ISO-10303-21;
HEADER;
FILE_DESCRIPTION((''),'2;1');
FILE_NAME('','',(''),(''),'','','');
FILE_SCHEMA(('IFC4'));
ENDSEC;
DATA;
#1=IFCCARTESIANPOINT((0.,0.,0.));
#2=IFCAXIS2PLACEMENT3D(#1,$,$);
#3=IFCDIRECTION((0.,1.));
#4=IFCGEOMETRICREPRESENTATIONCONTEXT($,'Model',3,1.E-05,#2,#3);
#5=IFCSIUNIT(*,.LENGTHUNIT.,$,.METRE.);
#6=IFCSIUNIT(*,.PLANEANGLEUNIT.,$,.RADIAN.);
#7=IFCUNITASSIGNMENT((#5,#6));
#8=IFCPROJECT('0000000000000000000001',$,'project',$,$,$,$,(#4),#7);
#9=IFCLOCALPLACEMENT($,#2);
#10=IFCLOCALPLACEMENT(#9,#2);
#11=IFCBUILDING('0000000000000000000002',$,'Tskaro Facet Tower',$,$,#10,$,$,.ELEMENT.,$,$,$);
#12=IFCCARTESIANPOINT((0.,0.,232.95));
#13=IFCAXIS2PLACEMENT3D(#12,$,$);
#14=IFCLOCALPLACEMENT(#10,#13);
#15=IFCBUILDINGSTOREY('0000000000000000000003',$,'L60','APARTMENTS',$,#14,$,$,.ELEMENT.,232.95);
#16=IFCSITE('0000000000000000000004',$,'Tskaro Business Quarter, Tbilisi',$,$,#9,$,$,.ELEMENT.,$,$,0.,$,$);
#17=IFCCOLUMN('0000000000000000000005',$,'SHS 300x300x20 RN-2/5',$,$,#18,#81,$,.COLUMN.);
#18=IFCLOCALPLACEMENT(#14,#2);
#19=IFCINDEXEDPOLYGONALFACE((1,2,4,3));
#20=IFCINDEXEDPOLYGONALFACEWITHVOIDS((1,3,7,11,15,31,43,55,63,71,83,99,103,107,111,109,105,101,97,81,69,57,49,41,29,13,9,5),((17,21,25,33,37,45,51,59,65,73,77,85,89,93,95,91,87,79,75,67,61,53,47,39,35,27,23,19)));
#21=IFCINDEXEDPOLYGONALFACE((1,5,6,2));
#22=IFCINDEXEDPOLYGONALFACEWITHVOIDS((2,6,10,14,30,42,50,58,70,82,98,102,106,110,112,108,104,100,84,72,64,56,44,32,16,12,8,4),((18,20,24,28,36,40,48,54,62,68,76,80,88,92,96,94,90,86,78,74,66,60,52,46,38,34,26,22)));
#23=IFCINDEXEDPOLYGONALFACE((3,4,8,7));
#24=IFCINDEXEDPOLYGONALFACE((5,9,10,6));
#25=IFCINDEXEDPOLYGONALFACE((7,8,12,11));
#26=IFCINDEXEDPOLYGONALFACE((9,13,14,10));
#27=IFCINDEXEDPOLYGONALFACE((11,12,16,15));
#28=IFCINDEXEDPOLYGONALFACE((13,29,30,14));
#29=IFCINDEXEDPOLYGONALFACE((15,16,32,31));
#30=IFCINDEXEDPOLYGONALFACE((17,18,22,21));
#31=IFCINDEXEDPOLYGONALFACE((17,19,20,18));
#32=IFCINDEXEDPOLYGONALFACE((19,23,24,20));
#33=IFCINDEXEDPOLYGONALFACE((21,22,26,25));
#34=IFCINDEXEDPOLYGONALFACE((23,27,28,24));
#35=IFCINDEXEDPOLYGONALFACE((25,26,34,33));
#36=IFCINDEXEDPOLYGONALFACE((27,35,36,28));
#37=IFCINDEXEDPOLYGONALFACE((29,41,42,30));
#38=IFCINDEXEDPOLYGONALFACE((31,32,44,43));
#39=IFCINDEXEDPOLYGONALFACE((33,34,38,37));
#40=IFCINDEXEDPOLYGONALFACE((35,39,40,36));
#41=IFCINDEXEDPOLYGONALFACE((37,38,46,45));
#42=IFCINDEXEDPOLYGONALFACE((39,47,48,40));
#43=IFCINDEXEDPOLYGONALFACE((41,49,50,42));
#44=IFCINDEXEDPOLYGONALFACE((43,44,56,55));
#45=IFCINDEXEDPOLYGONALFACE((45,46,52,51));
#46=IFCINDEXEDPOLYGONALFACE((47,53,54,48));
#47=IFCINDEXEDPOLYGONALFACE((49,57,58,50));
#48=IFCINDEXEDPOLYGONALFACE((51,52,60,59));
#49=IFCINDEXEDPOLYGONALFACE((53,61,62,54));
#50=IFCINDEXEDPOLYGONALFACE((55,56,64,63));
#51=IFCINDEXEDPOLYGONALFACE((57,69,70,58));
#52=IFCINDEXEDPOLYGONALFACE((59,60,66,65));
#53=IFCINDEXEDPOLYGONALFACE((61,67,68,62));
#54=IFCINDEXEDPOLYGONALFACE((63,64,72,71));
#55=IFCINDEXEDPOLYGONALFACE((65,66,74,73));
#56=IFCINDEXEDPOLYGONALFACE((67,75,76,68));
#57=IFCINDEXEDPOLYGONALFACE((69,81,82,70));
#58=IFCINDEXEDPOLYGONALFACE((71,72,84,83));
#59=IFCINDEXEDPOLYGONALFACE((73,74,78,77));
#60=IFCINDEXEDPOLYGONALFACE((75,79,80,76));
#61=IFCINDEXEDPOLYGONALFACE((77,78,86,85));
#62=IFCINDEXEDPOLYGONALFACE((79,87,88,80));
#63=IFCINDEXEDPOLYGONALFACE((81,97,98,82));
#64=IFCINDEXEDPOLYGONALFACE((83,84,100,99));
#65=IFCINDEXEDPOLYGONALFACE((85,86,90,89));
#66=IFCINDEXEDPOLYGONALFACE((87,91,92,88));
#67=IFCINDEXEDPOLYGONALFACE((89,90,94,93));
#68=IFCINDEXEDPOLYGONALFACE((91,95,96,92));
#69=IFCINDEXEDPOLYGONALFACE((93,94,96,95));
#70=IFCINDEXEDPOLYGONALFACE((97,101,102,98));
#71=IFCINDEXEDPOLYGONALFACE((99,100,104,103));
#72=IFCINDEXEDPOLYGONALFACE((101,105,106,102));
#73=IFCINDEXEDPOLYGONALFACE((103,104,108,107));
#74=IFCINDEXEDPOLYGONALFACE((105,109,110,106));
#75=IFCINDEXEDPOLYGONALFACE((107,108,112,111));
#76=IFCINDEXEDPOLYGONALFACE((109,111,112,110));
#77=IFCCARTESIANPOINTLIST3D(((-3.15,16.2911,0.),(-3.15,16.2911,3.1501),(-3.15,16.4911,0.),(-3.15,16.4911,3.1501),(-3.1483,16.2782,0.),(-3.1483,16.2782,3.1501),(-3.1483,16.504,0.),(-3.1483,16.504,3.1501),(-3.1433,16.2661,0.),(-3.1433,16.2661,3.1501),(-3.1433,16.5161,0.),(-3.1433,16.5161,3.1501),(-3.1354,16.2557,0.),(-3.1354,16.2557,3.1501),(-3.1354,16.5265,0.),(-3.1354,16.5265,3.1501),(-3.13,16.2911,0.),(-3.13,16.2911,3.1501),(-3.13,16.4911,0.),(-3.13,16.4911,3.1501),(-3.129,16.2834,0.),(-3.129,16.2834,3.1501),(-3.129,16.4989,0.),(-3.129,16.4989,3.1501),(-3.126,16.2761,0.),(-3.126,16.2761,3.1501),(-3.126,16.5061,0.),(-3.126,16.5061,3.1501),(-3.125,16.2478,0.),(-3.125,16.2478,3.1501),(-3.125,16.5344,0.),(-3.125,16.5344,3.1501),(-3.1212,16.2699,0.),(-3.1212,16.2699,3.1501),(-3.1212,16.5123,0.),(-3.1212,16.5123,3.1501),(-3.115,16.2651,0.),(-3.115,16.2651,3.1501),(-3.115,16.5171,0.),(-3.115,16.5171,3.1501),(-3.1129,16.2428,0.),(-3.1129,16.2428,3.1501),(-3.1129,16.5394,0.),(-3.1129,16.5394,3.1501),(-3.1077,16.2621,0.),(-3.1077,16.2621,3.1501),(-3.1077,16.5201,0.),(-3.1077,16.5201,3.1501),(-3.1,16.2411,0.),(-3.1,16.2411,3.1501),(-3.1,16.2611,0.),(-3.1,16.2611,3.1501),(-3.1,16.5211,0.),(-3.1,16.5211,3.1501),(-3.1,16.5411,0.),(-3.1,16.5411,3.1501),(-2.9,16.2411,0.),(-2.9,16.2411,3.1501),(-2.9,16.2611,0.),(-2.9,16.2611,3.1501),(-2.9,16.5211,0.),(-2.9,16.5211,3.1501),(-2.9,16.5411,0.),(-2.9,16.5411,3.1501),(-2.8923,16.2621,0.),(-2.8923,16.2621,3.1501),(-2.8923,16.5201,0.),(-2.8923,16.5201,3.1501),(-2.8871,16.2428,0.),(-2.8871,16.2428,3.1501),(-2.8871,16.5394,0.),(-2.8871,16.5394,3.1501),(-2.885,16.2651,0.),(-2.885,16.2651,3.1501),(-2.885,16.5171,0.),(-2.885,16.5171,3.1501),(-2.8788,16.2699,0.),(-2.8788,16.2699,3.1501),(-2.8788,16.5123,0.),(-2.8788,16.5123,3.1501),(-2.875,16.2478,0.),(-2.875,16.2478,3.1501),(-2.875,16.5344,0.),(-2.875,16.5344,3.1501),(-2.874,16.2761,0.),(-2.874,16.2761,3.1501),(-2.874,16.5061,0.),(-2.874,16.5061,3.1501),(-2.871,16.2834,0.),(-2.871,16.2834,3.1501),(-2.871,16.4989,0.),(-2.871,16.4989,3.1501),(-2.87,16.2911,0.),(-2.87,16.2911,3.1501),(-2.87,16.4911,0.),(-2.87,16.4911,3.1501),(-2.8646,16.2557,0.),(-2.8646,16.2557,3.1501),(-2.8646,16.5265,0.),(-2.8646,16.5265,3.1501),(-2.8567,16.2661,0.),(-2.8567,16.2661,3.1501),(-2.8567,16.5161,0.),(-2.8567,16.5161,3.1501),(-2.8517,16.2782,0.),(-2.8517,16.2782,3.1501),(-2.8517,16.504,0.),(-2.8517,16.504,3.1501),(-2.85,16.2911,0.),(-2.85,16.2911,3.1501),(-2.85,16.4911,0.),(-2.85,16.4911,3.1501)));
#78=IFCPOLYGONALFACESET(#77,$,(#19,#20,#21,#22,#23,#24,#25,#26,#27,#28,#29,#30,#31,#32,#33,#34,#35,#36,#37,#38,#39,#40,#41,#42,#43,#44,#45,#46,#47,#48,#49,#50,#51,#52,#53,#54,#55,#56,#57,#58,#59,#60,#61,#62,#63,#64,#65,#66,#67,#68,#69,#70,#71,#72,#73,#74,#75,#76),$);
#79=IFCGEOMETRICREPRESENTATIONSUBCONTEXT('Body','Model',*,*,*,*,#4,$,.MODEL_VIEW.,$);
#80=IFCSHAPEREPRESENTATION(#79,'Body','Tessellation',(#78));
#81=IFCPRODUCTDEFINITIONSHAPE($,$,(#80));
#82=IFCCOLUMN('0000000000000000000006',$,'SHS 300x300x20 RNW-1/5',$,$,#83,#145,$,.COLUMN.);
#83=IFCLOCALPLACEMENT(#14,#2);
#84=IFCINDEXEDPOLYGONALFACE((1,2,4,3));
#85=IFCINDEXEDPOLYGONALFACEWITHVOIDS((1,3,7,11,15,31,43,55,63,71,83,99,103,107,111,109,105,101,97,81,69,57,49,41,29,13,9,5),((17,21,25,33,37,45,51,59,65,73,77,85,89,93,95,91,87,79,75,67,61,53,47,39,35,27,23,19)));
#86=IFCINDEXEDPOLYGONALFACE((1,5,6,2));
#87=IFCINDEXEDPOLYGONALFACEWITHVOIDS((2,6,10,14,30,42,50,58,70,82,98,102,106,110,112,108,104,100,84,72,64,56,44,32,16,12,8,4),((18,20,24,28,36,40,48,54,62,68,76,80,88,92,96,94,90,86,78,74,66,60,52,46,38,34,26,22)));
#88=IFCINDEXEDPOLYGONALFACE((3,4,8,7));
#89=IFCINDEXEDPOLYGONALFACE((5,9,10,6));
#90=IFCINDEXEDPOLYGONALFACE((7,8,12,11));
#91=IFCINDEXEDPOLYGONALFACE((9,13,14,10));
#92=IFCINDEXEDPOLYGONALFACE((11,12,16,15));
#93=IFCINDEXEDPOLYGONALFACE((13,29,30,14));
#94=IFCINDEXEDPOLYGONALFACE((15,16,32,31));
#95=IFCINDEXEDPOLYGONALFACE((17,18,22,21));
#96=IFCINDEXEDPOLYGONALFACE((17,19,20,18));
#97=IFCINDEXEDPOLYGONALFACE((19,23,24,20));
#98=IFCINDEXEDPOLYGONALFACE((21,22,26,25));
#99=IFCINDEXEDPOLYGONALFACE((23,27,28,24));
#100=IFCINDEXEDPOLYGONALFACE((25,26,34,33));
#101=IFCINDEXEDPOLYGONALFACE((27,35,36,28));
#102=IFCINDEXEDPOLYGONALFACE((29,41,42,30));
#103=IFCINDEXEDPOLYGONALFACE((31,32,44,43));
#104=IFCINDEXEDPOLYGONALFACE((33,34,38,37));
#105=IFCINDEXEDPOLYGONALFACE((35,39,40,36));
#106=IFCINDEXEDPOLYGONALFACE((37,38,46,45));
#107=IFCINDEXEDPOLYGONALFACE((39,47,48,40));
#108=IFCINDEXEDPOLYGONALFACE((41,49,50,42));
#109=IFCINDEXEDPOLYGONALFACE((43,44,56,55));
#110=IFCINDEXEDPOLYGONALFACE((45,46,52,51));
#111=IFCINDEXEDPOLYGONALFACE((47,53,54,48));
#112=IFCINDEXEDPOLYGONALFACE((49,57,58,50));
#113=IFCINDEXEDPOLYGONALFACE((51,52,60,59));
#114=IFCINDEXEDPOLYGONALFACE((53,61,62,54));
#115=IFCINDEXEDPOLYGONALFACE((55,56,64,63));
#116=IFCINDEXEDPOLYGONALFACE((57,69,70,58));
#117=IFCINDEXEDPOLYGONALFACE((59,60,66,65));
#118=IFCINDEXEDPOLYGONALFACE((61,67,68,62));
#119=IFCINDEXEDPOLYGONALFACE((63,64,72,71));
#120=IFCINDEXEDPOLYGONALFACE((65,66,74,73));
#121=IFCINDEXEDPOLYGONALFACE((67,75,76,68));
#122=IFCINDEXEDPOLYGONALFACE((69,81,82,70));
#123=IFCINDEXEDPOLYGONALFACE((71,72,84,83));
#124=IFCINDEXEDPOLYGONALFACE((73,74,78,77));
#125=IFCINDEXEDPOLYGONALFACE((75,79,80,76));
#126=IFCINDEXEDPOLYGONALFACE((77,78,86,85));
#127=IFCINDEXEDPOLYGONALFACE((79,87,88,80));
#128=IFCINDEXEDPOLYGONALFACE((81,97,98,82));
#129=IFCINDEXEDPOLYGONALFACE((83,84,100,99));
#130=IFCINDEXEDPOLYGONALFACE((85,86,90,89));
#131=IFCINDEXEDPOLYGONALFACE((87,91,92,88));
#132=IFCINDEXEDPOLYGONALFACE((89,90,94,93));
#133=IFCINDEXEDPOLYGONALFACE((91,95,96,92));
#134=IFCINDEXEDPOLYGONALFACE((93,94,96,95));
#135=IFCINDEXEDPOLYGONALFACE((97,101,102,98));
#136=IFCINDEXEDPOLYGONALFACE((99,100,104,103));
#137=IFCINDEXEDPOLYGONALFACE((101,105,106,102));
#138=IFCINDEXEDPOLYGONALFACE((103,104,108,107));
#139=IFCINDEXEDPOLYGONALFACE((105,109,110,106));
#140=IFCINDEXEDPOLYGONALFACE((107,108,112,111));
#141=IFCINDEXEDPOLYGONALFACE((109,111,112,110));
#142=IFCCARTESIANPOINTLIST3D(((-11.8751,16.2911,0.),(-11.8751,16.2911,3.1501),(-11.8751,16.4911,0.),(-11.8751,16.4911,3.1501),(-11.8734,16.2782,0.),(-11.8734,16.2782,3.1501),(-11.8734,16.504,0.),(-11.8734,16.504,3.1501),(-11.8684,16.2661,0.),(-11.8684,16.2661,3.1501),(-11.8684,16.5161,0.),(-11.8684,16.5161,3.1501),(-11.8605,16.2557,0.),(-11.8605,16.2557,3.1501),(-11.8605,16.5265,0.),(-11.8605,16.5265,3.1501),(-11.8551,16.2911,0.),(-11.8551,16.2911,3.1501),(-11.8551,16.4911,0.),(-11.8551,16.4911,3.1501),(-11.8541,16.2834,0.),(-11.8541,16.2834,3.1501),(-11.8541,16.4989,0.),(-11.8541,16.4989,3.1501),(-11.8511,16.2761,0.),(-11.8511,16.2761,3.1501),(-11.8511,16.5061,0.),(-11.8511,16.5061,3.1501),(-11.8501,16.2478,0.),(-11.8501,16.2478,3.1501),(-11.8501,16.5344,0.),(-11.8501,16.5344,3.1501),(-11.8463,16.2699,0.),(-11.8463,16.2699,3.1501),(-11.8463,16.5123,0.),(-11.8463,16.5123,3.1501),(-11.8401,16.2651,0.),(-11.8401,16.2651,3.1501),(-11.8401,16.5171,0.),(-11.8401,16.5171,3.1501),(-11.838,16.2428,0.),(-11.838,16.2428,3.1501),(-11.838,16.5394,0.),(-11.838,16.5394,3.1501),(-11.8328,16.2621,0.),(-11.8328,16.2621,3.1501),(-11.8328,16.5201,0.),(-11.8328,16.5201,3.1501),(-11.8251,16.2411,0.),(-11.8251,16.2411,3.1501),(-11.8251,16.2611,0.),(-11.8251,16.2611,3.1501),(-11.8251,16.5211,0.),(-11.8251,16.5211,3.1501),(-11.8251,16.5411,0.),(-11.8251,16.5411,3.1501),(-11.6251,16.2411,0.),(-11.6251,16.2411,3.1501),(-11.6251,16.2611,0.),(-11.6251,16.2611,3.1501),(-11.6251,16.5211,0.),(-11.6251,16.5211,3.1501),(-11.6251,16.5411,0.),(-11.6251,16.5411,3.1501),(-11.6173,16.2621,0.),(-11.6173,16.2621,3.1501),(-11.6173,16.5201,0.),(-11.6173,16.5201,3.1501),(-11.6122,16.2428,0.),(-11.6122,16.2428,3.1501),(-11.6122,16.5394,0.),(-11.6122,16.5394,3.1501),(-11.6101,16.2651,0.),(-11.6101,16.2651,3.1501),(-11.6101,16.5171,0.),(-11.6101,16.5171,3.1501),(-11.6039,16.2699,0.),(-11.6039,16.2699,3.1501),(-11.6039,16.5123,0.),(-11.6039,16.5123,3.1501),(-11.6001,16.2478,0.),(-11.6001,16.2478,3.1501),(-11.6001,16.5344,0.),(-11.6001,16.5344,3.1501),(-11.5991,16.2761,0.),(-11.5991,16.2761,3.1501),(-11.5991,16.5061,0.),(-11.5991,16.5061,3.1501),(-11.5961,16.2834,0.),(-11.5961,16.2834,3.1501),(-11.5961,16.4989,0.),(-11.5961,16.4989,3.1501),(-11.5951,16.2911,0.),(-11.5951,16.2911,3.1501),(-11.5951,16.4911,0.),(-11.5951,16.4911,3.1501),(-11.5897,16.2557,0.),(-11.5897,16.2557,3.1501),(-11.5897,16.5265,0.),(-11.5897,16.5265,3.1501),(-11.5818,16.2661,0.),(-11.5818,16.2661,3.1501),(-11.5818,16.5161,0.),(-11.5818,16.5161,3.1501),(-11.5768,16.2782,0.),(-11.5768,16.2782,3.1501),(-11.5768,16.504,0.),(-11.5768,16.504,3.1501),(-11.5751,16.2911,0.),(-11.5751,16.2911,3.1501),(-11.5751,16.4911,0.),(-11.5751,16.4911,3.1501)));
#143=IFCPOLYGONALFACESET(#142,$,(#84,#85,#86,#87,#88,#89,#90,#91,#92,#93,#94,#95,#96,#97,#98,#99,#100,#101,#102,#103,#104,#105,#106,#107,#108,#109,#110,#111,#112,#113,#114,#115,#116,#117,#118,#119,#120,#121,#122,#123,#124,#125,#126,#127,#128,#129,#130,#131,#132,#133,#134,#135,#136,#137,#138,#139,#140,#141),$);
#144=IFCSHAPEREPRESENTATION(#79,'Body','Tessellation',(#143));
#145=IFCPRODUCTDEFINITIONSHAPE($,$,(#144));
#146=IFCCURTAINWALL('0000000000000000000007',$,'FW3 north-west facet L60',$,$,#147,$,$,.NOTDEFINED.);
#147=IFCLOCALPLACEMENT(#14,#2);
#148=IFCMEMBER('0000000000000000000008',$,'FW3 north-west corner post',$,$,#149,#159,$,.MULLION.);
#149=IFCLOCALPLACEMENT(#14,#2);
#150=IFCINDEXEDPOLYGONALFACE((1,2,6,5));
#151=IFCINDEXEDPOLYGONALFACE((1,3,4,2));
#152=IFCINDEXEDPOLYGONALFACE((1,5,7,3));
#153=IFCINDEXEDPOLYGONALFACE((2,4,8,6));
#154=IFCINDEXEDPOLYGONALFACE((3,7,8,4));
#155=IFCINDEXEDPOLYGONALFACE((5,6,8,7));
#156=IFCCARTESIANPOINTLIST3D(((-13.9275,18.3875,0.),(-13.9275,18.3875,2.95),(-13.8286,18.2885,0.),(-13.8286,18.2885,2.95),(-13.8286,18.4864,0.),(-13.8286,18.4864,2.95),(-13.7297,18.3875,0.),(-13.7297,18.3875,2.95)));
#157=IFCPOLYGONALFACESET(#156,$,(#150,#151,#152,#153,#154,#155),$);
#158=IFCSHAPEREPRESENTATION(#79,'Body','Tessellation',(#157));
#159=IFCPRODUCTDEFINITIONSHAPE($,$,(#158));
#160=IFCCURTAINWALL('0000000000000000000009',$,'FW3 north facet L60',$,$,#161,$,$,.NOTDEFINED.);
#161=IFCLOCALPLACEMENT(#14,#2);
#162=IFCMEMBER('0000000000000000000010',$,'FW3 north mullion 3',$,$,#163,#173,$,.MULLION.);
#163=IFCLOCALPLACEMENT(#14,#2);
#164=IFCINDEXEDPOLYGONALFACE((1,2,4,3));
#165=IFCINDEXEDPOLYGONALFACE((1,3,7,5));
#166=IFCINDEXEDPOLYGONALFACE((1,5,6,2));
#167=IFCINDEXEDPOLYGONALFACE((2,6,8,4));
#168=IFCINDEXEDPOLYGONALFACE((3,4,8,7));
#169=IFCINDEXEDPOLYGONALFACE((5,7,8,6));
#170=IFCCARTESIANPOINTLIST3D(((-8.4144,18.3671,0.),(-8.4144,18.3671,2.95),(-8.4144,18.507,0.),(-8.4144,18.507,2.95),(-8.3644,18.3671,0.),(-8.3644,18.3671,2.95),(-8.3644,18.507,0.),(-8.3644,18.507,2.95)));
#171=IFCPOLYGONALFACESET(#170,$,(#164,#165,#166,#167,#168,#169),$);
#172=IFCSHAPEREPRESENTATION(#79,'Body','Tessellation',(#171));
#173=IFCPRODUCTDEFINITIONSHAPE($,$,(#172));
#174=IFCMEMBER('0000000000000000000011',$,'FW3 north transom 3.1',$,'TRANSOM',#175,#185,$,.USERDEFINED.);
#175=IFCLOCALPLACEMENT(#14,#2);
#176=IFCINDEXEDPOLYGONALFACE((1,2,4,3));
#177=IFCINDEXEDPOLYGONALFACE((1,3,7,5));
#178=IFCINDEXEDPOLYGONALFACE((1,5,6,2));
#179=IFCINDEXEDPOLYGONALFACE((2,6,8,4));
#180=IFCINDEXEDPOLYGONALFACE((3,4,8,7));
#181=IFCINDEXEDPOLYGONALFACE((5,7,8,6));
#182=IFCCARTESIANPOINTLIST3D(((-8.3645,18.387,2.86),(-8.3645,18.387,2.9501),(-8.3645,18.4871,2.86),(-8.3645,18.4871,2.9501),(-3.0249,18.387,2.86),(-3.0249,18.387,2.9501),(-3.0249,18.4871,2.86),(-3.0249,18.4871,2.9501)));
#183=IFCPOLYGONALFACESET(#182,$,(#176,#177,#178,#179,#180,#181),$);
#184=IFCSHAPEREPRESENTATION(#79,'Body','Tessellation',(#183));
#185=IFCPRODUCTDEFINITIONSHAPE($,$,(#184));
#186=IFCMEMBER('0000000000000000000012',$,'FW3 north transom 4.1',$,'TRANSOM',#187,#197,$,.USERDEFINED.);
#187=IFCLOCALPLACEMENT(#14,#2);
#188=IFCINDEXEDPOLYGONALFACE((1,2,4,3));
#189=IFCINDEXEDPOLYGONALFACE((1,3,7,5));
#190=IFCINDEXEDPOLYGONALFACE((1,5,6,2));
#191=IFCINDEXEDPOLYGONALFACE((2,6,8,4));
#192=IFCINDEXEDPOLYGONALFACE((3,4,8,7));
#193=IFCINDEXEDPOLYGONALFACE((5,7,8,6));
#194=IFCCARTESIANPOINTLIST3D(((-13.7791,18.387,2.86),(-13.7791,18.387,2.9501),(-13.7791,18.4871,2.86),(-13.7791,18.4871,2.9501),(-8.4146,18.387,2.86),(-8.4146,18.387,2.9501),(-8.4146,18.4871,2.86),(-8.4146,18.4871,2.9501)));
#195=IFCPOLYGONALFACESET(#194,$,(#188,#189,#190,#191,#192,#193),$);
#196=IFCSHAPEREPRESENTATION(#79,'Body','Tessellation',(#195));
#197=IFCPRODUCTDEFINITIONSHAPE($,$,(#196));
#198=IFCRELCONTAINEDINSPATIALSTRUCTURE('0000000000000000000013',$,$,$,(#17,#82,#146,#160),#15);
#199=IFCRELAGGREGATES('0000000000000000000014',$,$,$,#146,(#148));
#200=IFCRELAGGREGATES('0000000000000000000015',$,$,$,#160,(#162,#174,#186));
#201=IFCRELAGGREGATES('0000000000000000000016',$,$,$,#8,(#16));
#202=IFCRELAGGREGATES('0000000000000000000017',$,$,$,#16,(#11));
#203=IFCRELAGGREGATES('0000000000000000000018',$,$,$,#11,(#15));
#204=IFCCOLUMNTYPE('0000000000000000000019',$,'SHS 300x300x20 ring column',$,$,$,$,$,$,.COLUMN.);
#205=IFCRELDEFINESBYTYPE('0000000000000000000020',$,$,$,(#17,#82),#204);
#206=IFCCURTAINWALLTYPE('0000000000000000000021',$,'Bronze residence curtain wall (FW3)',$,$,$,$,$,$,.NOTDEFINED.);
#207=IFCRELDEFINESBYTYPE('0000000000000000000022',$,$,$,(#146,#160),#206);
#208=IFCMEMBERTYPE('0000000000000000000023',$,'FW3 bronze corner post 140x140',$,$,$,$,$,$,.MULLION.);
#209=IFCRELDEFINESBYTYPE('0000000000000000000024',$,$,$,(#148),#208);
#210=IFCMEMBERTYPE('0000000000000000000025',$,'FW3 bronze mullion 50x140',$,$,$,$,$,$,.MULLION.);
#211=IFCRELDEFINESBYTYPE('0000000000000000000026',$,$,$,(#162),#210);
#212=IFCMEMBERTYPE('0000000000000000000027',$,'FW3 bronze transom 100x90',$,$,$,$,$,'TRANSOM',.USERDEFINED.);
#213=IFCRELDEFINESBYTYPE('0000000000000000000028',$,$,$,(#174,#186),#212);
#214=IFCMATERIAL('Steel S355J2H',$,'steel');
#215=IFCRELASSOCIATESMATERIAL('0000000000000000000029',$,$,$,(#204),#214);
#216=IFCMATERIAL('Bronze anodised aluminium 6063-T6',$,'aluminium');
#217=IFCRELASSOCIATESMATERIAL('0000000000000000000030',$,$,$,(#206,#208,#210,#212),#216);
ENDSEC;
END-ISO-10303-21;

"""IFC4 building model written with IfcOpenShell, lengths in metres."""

from ifc_helpers import new_model, si_unit, direction, frame, origin, origin_2d, place, context, subcontext, project, spatial, rectangle, hollow_rectangle, extrude, material, material_profile, profile_set, type_object, element, aggregate, save


model = new_model("IFC4")

# Units and contexts
model_context = context("Model", 3, precision=1e-05, world=origin(), true_north=direction((0.0, 1.0)))
body_context = subcontext(model_context, "Body", "Model", "MODEL_VIEW")
ifc_project = project(units=[si_unit("LENGTHUNIT", "METRE"), si_unit("PLANEANGLEUNIT", "RADIAN")], contexts=[model_context])

# Site, building, storey
site_placement = place(None, origin())
site = spatial("IfcSite", under=ifc_project, at=site_placement, Name="Tskaro Business Quarter, Tbilisi", CompositionType="ELEMENT", RefElevation=0.0)
building_placement = place(site_placement, origin())
building = spatial("IfcBuilding", under=site, at=building_placement, Name="Tskaro Facet Tower", CompositionType="ELEMENT")
storey_placement = place(building_placement, frame((0.0, 0.0, 232.95)))
storey = spatial("IfcBuildingStorey", under=building, at=storey_placement, Name="L60", Description="APARTMENTS", CompositionType="ELEMENT", Elevation=232.95)

# Columns
ifc_material_1 = material(Name="Steel S355J2H", Category="steel")
ifc_material_profile_1 = material_profile(ifc_material_1, hollow_rectangle(XDim=0.3, YDim=0.3, WallThickness=0.02, InnerFilletRadius=0.03, OuterFilletRadius=0.05, at=origin_2d()), Name="SHS 300x300x20")
ifc_profile_set_1 = profile_set([ifc_material_profile_1], Name="Steel S355J2H")
column_type = type_object("IfcColumnType", Name="SHS 300x300x20 ring column", PredefinedType="COLUMN", material=ifc_profile_set_1)
for number, where, z_axis, x_axis, name in (
    (1, (-3.0, 16.3911, 0.0), (0.0, 0.0, 1.0), (1.0, 0.0, 0.0), "SHS 300x300x20 RN-2/5"),
    (2, (-11.7251, 16.3911, 0.0), (0.0, 0.0, 1.0), (1.0, 0.0, 0.0), "SHS 300x300x20 RNW-1/5"),
):
    element("IfcColumn", number, at=place(storey_placement, frame(where, z_axis=z_axis, x_axis=x_axis)), inside=storey, type_object=column_type, Name=name, PredefinedType="COLUMN", context=body_context, shape_type="SweptSolid", body=[
        extrude(hollow_rectangle(XDim=0.3, YDim=0.3, WallThickness=0.02, InnerFilletRadius=0.03, OuterFilletRadius=0.05, at=origin_2d()), origin(), (0.0, 0.0, 1.0), 3.1501),
    ])

# Curtain wall, member
ifc_material_2 = material(Name="Bronze anodised aluminium 6063-T6", Category="aluminium")
curtain_wall_type = type_object("IfcCurtainWallType", Name="Bronze residence curtain wall (FW3)", PredefinedType="NOTDEFINED", material=ifc_material_2)
curtain_wall_1_placement = place(storey_placement, origin())
curtain_wall_1 = element("IfcCurtainWall", 3, at=curtain_wall_1_placement, inside=storey, type_object=curtain_wall_type, Name="FW3 north-west facet L60", PredefinedType="NOTDEFINED")
ifc_material_profile_2 = material_profile(ifc_material_2, rectangle(XDim=0.1399, YDim=0.1399, at=origin_2d()), Name="Corner post 140x140")
ifc_profile_set_2 = profile_set([ifc_material_profile_2], Name="Bronze anodised aluminium 6063-T6")
member_type_1 = type_object("IfcMemberType", Name="FW3 bronze corner post 140x140", PredefinedType="MULLION", material=ifc_profile_set_2)
member_1_placement = place(storey_placement, frame((-13.8286, 18.3875, 0.0), z_axis=(0.0, 0.0, 1.0), x_axis=(-0.707107, -0.707107, 0.0)))
member_1 = element("IfcMember", 4, at=member_1_placement, type_object=member_type_1, Name="FW3 north-west corner post", PredefinedType="MULLION", context=body_context, shape_type="SweptSolid", body=[
    extrude(rectangle(XDim=0.1399, YDim=0.1399, at=origin_2d()), origin(), (0.0, 0.0, 1.0), 2.95),
])

# Curtain wall, members
curtain_wall_2_placement = place(storey_placement, origin())
curtain_wall_2 = element("IfcCurtainWall", 5, at=curtain_wall_2_placement, inside=storey, type_object=curtain_wall_type, Name="FW3 north facet L60", PredefinedType="NOTDEFINED")
ifc_material_profile_3 = material_profile(ifc_material_2, rectangle(XDim=0.05, YDim=0.1399, at=origin_2d()), Name="Mullion 50x140")
ifc_profile_set_3 = profile_set([ifc_material_profile_3], Name="Bronze anodised aluminium 6063-T6")
member_type_2 = type_object("IfcMemberType", Name="FW3 bronze mullion 50x140", PredefinedType="MULLION", material=ifc_profile_set_3)
member_2_placement = place(storey_placement, frame((-8.3894, 18.437, 0.0), z_axis=(0.0, 0.0, 1.0), x_axis=(-1.0, 0.0, 0.0)))
member_2 = element("IfcMember", 6, at=member_2_placement, type_object=member_type_2, Name="FW3 north mullion 3", PredefinedType="MULLION", context=body_context, shape_type="SweptSolid", body=[
    extrude(rectangle(XDim=0.05, YDim=0.1399, at=origin_2d()), origin(), (0.0, 0.0, 1.0), 2.95),
])
ifc_material_profile_4 = material_profile(ifc_material_2, rectangle(XDim=0.1001, YDim=0.0901, at=origin_2d()), Name="Transom 100x90")
ifc_profile_set_4 = profile_set([ifc_material_profile_4], Name="Bronze anodised aluminium 6063-T6")
member_type_3 = type_object("IfcMemberType", Name="FW3 bronze transom 100x90", ElementType="TRANSOM", PredefinedType="USERDEFINED", material=ifc_profile_set_4)
member_3_placement = place(storey_placement, frame((-3.0249, 18.437, 2.905), z_axis=(-1.0, 0.0, 0.0), x_axis=(0.0, -1.0, 0.0)))
member_3 = element("IfcMember", 7, at=member_3_placement, type_object=member_type_3, Name="FW3 north transom 3.1", ObjectType="TRANSOM", PredefinedType="USERDEFINED", context=body_context, shape_type="SweptSolid", body=[
    extrude(rectangle(XDim=0.1001, YDim=0.0901, at=origin_2d()), origin(), (0.0, 0.0, 1.0), 5.3396),
])
member_4_placement = place(storey_placement, frame((-8.4146, 18.437, 2.905), z_axis=(-1.0, 0.0, 0.0), x_axis=(0.0, -1.0, 0.0)))
member_4 = element("IfcMember", 8, at=member_4_placement, type_object=member_type_3, Name="FW3 north transom 4.1", ObjectType="TRANSOM", PredefinedType="USERDEFINED", context=body_context, shape_type="SweptSolid", body=[
    extrude(rectangle(XDim=0.1001, YDim=0.0901, at=origin_2d()), origin(), (0.0, 0.0, 1.0), 5.3645),
])

aggregate(curtain_wall_1, [member_1])

aggregate(curtain_wall_2, [member_2, member_3, member_4])

save(model, "model.ifc")
